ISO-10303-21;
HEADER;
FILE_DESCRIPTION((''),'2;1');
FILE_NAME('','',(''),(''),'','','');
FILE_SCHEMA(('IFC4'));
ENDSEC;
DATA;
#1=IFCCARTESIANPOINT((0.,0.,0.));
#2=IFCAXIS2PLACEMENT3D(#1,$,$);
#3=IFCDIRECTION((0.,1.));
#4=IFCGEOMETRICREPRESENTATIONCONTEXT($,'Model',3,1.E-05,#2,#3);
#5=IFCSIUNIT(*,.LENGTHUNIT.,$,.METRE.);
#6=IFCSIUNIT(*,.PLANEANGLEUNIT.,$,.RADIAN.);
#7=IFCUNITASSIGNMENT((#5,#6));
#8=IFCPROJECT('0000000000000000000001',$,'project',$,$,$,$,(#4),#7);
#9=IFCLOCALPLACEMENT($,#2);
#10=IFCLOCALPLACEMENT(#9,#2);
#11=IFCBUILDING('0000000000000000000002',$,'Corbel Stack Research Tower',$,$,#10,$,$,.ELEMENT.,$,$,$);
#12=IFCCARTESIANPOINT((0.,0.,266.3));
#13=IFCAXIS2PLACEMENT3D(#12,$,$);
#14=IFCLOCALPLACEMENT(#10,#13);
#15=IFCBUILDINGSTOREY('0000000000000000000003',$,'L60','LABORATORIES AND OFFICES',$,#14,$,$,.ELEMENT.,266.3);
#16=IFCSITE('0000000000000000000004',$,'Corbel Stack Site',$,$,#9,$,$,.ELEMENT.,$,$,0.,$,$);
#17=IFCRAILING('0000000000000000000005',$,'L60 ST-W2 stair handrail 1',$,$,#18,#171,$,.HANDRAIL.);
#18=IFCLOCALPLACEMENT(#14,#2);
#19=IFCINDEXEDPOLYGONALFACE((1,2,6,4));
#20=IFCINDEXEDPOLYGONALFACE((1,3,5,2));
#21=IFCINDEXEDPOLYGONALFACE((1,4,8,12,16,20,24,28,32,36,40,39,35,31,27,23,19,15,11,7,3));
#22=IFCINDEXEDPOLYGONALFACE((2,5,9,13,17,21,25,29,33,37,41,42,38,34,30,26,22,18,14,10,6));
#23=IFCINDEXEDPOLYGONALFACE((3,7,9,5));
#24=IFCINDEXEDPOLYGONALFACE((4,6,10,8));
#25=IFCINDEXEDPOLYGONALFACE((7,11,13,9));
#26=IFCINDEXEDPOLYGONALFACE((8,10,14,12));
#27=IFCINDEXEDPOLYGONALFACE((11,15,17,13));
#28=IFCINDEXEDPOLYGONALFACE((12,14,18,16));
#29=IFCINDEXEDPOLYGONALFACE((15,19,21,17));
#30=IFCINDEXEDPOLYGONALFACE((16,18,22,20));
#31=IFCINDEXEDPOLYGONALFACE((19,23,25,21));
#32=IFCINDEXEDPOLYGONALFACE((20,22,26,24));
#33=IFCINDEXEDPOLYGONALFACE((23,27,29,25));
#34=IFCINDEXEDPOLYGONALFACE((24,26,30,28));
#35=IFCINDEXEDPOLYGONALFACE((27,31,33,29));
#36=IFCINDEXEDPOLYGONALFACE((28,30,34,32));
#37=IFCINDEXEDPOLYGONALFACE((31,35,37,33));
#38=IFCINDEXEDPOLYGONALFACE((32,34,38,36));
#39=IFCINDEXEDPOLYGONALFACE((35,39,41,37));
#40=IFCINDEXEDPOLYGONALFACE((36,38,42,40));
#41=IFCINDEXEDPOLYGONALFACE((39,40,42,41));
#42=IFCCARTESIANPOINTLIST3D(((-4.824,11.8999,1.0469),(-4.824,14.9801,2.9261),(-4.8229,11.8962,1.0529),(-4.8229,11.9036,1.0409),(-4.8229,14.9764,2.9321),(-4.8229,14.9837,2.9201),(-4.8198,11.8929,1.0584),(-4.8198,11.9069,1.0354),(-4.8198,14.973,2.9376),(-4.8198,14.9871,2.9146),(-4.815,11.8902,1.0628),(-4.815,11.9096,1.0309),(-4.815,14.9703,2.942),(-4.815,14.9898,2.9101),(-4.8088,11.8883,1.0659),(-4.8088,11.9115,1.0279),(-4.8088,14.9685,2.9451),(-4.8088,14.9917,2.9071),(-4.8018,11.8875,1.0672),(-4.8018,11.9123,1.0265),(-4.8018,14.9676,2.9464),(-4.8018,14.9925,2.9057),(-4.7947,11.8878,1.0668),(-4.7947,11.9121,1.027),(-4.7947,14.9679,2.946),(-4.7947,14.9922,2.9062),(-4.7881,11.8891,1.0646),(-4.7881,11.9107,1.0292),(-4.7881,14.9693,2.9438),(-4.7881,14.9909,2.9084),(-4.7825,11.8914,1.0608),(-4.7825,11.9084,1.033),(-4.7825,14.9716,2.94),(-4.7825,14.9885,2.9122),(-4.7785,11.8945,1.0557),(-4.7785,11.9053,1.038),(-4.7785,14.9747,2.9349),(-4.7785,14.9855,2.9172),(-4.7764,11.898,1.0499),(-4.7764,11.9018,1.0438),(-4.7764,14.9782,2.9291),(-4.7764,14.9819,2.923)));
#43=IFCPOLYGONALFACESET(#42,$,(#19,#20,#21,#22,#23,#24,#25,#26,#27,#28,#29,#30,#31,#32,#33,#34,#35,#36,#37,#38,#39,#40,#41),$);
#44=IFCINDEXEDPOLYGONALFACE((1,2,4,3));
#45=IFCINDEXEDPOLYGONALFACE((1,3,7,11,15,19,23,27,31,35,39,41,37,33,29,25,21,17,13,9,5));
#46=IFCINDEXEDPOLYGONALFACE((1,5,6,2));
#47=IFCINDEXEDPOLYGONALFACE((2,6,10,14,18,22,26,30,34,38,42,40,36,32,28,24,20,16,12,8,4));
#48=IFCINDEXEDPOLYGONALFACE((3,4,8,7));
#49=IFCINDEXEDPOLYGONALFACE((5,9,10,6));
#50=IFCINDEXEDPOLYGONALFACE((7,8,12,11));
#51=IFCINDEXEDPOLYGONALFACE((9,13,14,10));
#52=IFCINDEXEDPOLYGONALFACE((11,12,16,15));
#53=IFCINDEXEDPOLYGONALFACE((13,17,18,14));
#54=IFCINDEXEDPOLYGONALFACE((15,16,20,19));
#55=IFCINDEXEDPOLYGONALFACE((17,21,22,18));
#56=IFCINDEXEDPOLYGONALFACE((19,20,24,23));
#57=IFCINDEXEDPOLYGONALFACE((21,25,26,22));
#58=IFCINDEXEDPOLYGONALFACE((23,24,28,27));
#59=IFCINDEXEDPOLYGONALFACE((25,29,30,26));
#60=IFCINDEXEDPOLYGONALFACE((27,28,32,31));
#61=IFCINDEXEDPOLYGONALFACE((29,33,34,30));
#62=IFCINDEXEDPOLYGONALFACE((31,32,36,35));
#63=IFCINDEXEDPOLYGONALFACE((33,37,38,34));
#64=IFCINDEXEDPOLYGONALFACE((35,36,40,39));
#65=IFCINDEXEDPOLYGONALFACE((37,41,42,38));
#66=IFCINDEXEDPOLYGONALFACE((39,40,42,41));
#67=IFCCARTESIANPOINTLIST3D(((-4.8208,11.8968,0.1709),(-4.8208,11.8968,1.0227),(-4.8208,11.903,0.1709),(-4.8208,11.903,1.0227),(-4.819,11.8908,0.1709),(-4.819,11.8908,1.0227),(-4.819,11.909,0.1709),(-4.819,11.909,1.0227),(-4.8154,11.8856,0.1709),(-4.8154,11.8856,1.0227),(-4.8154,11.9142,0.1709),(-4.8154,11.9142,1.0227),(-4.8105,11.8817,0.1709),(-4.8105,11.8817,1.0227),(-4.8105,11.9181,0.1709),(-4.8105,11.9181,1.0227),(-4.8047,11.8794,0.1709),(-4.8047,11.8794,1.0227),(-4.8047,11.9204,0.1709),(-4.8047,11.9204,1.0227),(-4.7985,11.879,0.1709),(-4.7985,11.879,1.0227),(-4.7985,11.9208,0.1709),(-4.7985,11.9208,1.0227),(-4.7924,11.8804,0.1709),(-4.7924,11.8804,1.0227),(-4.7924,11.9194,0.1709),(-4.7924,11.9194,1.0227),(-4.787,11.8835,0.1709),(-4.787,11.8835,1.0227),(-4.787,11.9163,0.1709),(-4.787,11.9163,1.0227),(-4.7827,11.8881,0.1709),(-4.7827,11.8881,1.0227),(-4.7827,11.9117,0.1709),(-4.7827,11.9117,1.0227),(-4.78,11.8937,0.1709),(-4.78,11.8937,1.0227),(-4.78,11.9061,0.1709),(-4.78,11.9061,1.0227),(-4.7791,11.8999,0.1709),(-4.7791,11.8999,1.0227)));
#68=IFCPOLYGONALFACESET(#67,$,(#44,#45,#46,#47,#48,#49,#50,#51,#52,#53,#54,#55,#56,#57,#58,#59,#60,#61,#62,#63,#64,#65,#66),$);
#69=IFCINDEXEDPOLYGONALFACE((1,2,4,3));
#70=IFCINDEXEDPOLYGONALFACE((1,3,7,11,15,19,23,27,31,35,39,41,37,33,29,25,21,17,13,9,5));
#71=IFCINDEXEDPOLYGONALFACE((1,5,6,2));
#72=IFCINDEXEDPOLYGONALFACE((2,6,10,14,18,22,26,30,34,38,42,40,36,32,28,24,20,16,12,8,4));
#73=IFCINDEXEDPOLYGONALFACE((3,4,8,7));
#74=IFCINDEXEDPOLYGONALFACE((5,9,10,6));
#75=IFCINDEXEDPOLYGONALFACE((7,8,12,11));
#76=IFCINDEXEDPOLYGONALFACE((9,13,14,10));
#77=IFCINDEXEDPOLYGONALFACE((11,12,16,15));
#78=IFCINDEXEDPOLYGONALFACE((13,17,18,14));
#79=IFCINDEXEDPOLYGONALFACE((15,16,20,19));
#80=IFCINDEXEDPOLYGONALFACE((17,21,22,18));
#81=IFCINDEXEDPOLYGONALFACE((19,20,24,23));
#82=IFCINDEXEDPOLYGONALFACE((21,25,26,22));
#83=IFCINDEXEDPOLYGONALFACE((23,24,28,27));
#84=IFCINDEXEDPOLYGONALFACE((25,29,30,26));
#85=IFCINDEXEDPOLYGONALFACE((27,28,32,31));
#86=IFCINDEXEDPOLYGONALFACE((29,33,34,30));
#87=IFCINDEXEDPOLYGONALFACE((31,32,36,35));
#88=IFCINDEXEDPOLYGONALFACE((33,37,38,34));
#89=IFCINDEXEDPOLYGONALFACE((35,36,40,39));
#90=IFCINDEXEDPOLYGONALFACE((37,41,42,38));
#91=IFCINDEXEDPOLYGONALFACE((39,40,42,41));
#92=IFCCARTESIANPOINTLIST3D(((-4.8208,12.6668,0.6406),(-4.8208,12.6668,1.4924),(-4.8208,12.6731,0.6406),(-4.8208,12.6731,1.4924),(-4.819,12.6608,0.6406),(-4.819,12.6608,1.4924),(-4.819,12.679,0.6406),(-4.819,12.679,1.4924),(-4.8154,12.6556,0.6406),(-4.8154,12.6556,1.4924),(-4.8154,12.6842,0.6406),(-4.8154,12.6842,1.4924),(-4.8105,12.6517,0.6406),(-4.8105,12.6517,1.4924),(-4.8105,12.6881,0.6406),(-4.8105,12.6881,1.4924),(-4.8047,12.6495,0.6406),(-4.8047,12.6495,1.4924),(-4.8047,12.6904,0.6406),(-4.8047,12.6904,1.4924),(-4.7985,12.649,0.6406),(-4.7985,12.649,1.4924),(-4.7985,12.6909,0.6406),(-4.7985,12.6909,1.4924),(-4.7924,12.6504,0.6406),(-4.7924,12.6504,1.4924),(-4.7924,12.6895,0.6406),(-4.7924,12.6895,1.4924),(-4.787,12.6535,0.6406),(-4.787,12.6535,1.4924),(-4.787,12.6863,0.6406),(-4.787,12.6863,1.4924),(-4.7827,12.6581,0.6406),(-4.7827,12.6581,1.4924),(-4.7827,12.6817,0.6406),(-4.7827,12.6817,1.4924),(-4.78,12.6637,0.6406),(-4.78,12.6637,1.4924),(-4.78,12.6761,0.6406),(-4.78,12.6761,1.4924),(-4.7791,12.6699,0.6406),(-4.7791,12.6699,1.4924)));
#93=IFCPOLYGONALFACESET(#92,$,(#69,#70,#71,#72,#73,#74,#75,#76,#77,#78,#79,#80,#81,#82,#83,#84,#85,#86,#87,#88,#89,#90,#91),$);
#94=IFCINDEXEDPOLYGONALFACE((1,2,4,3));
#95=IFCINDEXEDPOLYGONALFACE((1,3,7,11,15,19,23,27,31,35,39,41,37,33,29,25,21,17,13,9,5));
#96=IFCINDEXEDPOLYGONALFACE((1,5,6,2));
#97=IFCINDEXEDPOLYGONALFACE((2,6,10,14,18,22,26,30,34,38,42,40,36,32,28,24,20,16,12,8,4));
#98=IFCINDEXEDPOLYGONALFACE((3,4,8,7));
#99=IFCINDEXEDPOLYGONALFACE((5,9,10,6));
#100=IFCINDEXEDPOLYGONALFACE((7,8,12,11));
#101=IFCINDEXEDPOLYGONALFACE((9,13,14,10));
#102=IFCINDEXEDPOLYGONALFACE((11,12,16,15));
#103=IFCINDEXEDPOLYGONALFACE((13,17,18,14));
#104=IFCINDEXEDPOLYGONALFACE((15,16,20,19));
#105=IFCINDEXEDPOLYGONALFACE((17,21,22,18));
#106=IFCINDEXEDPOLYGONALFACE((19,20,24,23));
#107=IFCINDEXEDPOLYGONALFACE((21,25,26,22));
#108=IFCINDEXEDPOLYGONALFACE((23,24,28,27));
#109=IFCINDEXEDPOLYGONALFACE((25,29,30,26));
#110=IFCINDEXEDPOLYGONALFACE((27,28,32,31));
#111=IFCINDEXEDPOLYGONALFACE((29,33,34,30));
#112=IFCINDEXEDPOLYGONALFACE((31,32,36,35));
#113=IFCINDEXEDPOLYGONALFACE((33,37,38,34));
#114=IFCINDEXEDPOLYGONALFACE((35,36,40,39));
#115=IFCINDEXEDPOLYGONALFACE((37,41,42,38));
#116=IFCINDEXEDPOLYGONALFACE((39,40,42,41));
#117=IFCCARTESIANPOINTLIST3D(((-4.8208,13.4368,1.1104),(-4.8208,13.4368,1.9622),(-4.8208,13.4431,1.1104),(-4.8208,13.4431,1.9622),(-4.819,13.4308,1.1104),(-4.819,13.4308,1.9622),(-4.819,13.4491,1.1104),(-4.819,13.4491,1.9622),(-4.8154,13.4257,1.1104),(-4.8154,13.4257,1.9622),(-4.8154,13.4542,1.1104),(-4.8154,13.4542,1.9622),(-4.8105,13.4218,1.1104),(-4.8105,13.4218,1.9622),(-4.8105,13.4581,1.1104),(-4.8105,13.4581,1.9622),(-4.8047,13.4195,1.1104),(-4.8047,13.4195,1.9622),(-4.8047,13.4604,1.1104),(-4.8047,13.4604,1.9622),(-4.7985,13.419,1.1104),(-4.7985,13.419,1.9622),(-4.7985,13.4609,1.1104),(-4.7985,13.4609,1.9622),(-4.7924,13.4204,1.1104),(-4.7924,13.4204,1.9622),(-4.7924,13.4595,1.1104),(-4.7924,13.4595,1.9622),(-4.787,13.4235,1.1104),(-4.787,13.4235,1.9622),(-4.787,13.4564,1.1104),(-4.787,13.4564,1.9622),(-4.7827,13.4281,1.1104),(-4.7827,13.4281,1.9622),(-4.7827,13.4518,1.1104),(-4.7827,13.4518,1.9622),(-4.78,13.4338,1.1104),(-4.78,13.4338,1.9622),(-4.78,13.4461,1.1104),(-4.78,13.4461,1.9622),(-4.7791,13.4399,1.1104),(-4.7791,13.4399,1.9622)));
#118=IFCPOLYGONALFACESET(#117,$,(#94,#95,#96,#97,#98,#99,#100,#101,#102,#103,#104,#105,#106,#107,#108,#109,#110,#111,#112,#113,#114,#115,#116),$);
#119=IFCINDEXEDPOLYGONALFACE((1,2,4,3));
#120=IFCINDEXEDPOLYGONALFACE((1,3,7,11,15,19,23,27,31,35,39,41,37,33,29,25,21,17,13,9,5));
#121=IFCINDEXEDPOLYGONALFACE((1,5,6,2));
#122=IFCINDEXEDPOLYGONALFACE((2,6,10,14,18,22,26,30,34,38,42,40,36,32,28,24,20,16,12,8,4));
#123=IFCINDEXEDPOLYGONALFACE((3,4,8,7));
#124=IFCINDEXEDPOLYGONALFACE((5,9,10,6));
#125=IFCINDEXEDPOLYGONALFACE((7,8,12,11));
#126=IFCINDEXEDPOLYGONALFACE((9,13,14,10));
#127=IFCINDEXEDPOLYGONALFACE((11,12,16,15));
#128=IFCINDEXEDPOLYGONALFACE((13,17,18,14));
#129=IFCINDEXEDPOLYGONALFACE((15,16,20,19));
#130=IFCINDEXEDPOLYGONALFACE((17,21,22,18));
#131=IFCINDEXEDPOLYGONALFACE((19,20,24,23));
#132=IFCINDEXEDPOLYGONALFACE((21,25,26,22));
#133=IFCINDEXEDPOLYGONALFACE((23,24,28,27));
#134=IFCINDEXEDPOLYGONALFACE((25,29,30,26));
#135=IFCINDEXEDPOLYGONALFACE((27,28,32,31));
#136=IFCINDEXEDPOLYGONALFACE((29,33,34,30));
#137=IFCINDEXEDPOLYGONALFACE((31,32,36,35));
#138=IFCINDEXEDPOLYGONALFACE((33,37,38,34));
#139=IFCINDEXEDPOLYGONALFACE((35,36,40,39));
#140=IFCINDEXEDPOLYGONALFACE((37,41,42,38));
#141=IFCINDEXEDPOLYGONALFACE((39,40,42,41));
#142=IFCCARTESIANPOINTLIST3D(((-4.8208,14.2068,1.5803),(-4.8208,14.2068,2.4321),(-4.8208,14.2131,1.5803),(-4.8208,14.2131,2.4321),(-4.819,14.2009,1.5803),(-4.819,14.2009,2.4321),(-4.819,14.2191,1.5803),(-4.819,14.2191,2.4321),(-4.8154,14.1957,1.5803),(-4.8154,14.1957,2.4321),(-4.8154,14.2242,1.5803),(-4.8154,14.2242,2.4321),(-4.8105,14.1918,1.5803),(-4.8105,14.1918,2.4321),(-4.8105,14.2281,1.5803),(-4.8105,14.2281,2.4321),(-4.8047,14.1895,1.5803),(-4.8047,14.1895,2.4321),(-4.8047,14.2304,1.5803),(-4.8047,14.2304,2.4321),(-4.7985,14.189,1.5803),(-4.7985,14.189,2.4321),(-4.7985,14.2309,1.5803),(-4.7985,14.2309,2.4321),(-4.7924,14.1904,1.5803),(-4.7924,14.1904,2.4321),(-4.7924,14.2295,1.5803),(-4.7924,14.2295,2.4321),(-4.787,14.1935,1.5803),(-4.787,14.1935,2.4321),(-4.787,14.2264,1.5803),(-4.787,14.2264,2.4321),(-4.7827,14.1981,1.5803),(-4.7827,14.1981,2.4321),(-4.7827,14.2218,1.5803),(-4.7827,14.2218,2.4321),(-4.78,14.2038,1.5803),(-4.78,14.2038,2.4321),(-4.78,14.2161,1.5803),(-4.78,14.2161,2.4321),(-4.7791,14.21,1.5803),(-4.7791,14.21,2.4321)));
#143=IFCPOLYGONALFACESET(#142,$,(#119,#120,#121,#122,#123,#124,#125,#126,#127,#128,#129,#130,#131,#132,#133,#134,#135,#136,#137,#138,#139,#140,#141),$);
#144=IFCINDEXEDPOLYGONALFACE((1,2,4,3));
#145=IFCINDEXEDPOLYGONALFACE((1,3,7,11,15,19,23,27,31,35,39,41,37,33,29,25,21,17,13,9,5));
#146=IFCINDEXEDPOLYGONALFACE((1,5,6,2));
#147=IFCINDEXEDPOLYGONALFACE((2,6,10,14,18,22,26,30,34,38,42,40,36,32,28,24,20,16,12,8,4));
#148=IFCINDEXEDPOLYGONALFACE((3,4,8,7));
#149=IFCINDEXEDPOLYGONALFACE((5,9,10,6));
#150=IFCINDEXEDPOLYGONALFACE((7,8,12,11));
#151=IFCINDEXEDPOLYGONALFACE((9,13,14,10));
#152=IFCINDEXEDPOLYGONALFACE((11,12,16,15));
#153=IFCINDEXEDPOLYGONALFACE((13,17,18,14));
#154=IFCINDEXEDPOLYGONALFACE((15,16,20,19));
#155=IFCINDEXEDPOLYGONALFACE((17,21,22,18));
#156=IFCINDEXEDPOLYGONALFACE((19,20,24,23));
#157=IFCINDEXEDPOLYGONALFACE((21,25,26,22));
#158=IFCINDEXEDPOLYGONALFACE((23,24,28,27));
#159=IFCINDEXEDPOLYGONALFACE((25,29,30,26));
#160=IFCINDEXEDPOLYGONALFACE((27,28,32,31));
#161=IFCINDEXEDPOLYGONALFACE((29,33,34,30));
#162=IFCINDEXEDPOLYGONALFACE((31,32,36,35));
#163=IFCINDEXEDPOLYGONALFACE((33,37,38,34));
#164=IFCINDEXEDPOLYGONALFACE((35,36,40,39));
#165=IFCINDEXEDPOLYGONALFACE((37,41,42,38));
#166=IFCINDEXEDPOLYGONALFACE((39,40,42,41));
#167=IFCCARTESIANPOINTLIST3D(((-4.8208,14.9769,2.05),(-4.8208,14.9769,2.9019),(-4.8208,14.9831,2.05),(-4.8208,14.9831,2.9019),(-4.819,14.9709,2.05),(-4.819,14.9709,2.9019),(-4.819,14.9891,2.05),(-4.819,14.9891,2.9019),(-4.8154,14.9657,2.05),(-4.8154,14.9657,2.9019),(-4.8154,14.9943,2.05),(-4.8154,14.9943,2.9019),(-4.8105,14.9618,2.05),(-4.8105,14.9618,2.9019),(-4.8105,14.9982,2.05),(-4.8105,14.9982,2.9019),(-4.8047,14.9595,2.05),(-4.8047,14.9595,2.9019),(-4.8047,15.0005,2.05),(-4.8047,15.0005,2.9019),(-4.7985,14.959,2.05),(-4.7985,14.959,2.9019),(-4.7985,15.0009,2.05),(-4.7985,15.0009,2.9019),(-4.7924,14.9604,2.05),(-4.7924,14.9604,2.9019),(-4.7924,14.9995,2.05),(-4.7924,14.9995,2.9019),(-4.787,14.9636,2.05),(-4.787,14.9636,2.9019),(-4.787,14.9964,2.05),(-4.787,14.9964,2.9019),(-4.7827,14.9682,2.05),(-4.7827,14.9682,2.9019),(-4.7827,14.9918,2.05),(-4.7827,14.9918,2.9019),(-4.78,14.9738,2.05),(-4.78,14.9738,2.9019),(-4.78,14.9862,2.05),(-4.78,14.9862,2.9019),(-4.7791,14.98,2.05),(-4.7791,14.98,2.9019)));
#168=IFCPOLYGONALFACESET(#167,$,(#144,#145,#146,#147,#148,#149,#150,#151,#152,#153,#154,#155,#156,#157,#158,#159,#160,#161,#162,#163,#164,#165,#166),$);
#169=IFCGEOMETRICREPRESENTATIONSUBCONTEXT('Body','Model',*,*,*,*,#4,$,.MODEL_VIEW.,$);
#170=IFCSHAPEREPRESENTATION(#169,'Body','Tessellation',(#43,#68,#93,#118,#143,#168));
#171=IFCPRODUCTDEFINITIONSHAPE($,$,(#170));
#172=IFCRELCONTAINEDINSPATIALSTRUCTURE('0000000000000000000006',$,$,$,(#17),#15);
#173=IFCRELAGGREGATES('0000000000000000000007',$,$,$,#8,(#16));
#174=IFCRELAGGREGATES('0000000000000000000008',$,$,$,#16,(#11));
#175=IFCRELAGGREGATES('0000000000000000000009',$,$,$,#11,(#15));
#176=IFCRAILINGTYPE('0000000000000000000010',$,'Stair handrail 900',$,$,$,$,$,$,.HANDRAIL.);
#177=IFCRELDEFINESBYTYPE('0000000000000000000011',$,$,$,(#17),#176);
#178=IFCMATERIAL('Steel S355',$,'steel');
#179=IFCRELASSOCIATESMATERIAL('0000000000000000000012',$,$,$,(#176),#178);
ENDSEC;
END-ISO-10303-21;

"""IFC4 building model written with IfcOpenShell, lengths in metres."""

from ifc_helpers import new_model, si_unit, direction, frame, origin, origin_2d, place, context, subcontext, project, spatial, circle, extrude, material, type_object, element, save


model = new_model("IFC4")

# Units and contexts
model_context = context("Model", 3, precision=1e-05, world=origin(), true_north=direction((0.0, 1.0)))
body_context = subcontext(model_context, "Body", "Model", "MODEL_VIEW")
ifc_project = project(units=[si_unit("LENGTHUNIT", "METRE"), si_unit("PLANEANGLEUNIT", "RADIAN")], contexts=[model_context])

# Site, building, storey
site_placement = place(None, origin())
site = spatial("IfcSite", under=ifc_project, at=site_placement, Name="Corbel Stack Site", CompositionType="ELEMENT", RefElevation=0.0)
building_placement = place(site_placement, origin())
building = spatial("IfcBuilding", under=site, at=building_placement, Name="Corbel Stack Research Tower", CompositionType="ELEMENT")
storey_placement = place(building_placement, frame((0.0, 0.0, 266.3)))
storey = spatial("IfcBuildingStorey", under=building, at=storey_placement, Name="L60", Description="LABORATORIES AND OFFICES", CompositionType="ELEMENT", Elevation=266.3)

# Railing
ifc_material_1 = material(Name="Steel S355", Category="steel")
railing_type_1 = type_object("IfcRailingType", Name="Stair handrail 900", PredefinedType="HANDRAIL", material=ifc_material_1)
railing_1_placement = place(storey_placement, frame((-4.8, 11.8999, 0.1709)))
element("IfcRailing", 1, at=railing_1_placement, inside=storey, type_object=railing_type_1, Name="L60 ST-W2 stair handrail 1", PredefinedType="HANDRAIL", context=body_context, shape_type="SweptSolid", body=[
    extrude(circle(Radius=0.0239, at=origin_2d()), frame((0.0, 0.0, 0.876), z_axis=(0.0, 0.853666, 0.52082), x_axis=(-1.0, 0.0, 0.0)), (0.0, 0.0, 1.0), 3.6082),
    extrude(circle(Radius=0.021, at=origin_2d()), origin(), (0.0, 0.0, 1.0), 0.8518),
    extrude(circle(Radius=0.021, at=origin_2d()), frame((0.0, 0.77, 0.4697)), (0.0, 0.0, 1.0), 0.8518),
    extrude(circle(Radius=0.021, at=origin_2d()), frame((0.0, 1.54, 0.9395)), (0.0, 0.0, 1.0), 0.8518),
    extrude(circle(Radius=0.021, at=origin_2d()), frame((0.0, 2.3101, 1.4094)), (0.0, 0.0, 1.0), 0.8518),
    extrude(circle(Radius=0.021, at=origin_2d()), frame((0.0, 3.0801, 1.8792)), (0.0, 0.0, 1.0), 0.8518),
])

save(model, "model.ifc")
